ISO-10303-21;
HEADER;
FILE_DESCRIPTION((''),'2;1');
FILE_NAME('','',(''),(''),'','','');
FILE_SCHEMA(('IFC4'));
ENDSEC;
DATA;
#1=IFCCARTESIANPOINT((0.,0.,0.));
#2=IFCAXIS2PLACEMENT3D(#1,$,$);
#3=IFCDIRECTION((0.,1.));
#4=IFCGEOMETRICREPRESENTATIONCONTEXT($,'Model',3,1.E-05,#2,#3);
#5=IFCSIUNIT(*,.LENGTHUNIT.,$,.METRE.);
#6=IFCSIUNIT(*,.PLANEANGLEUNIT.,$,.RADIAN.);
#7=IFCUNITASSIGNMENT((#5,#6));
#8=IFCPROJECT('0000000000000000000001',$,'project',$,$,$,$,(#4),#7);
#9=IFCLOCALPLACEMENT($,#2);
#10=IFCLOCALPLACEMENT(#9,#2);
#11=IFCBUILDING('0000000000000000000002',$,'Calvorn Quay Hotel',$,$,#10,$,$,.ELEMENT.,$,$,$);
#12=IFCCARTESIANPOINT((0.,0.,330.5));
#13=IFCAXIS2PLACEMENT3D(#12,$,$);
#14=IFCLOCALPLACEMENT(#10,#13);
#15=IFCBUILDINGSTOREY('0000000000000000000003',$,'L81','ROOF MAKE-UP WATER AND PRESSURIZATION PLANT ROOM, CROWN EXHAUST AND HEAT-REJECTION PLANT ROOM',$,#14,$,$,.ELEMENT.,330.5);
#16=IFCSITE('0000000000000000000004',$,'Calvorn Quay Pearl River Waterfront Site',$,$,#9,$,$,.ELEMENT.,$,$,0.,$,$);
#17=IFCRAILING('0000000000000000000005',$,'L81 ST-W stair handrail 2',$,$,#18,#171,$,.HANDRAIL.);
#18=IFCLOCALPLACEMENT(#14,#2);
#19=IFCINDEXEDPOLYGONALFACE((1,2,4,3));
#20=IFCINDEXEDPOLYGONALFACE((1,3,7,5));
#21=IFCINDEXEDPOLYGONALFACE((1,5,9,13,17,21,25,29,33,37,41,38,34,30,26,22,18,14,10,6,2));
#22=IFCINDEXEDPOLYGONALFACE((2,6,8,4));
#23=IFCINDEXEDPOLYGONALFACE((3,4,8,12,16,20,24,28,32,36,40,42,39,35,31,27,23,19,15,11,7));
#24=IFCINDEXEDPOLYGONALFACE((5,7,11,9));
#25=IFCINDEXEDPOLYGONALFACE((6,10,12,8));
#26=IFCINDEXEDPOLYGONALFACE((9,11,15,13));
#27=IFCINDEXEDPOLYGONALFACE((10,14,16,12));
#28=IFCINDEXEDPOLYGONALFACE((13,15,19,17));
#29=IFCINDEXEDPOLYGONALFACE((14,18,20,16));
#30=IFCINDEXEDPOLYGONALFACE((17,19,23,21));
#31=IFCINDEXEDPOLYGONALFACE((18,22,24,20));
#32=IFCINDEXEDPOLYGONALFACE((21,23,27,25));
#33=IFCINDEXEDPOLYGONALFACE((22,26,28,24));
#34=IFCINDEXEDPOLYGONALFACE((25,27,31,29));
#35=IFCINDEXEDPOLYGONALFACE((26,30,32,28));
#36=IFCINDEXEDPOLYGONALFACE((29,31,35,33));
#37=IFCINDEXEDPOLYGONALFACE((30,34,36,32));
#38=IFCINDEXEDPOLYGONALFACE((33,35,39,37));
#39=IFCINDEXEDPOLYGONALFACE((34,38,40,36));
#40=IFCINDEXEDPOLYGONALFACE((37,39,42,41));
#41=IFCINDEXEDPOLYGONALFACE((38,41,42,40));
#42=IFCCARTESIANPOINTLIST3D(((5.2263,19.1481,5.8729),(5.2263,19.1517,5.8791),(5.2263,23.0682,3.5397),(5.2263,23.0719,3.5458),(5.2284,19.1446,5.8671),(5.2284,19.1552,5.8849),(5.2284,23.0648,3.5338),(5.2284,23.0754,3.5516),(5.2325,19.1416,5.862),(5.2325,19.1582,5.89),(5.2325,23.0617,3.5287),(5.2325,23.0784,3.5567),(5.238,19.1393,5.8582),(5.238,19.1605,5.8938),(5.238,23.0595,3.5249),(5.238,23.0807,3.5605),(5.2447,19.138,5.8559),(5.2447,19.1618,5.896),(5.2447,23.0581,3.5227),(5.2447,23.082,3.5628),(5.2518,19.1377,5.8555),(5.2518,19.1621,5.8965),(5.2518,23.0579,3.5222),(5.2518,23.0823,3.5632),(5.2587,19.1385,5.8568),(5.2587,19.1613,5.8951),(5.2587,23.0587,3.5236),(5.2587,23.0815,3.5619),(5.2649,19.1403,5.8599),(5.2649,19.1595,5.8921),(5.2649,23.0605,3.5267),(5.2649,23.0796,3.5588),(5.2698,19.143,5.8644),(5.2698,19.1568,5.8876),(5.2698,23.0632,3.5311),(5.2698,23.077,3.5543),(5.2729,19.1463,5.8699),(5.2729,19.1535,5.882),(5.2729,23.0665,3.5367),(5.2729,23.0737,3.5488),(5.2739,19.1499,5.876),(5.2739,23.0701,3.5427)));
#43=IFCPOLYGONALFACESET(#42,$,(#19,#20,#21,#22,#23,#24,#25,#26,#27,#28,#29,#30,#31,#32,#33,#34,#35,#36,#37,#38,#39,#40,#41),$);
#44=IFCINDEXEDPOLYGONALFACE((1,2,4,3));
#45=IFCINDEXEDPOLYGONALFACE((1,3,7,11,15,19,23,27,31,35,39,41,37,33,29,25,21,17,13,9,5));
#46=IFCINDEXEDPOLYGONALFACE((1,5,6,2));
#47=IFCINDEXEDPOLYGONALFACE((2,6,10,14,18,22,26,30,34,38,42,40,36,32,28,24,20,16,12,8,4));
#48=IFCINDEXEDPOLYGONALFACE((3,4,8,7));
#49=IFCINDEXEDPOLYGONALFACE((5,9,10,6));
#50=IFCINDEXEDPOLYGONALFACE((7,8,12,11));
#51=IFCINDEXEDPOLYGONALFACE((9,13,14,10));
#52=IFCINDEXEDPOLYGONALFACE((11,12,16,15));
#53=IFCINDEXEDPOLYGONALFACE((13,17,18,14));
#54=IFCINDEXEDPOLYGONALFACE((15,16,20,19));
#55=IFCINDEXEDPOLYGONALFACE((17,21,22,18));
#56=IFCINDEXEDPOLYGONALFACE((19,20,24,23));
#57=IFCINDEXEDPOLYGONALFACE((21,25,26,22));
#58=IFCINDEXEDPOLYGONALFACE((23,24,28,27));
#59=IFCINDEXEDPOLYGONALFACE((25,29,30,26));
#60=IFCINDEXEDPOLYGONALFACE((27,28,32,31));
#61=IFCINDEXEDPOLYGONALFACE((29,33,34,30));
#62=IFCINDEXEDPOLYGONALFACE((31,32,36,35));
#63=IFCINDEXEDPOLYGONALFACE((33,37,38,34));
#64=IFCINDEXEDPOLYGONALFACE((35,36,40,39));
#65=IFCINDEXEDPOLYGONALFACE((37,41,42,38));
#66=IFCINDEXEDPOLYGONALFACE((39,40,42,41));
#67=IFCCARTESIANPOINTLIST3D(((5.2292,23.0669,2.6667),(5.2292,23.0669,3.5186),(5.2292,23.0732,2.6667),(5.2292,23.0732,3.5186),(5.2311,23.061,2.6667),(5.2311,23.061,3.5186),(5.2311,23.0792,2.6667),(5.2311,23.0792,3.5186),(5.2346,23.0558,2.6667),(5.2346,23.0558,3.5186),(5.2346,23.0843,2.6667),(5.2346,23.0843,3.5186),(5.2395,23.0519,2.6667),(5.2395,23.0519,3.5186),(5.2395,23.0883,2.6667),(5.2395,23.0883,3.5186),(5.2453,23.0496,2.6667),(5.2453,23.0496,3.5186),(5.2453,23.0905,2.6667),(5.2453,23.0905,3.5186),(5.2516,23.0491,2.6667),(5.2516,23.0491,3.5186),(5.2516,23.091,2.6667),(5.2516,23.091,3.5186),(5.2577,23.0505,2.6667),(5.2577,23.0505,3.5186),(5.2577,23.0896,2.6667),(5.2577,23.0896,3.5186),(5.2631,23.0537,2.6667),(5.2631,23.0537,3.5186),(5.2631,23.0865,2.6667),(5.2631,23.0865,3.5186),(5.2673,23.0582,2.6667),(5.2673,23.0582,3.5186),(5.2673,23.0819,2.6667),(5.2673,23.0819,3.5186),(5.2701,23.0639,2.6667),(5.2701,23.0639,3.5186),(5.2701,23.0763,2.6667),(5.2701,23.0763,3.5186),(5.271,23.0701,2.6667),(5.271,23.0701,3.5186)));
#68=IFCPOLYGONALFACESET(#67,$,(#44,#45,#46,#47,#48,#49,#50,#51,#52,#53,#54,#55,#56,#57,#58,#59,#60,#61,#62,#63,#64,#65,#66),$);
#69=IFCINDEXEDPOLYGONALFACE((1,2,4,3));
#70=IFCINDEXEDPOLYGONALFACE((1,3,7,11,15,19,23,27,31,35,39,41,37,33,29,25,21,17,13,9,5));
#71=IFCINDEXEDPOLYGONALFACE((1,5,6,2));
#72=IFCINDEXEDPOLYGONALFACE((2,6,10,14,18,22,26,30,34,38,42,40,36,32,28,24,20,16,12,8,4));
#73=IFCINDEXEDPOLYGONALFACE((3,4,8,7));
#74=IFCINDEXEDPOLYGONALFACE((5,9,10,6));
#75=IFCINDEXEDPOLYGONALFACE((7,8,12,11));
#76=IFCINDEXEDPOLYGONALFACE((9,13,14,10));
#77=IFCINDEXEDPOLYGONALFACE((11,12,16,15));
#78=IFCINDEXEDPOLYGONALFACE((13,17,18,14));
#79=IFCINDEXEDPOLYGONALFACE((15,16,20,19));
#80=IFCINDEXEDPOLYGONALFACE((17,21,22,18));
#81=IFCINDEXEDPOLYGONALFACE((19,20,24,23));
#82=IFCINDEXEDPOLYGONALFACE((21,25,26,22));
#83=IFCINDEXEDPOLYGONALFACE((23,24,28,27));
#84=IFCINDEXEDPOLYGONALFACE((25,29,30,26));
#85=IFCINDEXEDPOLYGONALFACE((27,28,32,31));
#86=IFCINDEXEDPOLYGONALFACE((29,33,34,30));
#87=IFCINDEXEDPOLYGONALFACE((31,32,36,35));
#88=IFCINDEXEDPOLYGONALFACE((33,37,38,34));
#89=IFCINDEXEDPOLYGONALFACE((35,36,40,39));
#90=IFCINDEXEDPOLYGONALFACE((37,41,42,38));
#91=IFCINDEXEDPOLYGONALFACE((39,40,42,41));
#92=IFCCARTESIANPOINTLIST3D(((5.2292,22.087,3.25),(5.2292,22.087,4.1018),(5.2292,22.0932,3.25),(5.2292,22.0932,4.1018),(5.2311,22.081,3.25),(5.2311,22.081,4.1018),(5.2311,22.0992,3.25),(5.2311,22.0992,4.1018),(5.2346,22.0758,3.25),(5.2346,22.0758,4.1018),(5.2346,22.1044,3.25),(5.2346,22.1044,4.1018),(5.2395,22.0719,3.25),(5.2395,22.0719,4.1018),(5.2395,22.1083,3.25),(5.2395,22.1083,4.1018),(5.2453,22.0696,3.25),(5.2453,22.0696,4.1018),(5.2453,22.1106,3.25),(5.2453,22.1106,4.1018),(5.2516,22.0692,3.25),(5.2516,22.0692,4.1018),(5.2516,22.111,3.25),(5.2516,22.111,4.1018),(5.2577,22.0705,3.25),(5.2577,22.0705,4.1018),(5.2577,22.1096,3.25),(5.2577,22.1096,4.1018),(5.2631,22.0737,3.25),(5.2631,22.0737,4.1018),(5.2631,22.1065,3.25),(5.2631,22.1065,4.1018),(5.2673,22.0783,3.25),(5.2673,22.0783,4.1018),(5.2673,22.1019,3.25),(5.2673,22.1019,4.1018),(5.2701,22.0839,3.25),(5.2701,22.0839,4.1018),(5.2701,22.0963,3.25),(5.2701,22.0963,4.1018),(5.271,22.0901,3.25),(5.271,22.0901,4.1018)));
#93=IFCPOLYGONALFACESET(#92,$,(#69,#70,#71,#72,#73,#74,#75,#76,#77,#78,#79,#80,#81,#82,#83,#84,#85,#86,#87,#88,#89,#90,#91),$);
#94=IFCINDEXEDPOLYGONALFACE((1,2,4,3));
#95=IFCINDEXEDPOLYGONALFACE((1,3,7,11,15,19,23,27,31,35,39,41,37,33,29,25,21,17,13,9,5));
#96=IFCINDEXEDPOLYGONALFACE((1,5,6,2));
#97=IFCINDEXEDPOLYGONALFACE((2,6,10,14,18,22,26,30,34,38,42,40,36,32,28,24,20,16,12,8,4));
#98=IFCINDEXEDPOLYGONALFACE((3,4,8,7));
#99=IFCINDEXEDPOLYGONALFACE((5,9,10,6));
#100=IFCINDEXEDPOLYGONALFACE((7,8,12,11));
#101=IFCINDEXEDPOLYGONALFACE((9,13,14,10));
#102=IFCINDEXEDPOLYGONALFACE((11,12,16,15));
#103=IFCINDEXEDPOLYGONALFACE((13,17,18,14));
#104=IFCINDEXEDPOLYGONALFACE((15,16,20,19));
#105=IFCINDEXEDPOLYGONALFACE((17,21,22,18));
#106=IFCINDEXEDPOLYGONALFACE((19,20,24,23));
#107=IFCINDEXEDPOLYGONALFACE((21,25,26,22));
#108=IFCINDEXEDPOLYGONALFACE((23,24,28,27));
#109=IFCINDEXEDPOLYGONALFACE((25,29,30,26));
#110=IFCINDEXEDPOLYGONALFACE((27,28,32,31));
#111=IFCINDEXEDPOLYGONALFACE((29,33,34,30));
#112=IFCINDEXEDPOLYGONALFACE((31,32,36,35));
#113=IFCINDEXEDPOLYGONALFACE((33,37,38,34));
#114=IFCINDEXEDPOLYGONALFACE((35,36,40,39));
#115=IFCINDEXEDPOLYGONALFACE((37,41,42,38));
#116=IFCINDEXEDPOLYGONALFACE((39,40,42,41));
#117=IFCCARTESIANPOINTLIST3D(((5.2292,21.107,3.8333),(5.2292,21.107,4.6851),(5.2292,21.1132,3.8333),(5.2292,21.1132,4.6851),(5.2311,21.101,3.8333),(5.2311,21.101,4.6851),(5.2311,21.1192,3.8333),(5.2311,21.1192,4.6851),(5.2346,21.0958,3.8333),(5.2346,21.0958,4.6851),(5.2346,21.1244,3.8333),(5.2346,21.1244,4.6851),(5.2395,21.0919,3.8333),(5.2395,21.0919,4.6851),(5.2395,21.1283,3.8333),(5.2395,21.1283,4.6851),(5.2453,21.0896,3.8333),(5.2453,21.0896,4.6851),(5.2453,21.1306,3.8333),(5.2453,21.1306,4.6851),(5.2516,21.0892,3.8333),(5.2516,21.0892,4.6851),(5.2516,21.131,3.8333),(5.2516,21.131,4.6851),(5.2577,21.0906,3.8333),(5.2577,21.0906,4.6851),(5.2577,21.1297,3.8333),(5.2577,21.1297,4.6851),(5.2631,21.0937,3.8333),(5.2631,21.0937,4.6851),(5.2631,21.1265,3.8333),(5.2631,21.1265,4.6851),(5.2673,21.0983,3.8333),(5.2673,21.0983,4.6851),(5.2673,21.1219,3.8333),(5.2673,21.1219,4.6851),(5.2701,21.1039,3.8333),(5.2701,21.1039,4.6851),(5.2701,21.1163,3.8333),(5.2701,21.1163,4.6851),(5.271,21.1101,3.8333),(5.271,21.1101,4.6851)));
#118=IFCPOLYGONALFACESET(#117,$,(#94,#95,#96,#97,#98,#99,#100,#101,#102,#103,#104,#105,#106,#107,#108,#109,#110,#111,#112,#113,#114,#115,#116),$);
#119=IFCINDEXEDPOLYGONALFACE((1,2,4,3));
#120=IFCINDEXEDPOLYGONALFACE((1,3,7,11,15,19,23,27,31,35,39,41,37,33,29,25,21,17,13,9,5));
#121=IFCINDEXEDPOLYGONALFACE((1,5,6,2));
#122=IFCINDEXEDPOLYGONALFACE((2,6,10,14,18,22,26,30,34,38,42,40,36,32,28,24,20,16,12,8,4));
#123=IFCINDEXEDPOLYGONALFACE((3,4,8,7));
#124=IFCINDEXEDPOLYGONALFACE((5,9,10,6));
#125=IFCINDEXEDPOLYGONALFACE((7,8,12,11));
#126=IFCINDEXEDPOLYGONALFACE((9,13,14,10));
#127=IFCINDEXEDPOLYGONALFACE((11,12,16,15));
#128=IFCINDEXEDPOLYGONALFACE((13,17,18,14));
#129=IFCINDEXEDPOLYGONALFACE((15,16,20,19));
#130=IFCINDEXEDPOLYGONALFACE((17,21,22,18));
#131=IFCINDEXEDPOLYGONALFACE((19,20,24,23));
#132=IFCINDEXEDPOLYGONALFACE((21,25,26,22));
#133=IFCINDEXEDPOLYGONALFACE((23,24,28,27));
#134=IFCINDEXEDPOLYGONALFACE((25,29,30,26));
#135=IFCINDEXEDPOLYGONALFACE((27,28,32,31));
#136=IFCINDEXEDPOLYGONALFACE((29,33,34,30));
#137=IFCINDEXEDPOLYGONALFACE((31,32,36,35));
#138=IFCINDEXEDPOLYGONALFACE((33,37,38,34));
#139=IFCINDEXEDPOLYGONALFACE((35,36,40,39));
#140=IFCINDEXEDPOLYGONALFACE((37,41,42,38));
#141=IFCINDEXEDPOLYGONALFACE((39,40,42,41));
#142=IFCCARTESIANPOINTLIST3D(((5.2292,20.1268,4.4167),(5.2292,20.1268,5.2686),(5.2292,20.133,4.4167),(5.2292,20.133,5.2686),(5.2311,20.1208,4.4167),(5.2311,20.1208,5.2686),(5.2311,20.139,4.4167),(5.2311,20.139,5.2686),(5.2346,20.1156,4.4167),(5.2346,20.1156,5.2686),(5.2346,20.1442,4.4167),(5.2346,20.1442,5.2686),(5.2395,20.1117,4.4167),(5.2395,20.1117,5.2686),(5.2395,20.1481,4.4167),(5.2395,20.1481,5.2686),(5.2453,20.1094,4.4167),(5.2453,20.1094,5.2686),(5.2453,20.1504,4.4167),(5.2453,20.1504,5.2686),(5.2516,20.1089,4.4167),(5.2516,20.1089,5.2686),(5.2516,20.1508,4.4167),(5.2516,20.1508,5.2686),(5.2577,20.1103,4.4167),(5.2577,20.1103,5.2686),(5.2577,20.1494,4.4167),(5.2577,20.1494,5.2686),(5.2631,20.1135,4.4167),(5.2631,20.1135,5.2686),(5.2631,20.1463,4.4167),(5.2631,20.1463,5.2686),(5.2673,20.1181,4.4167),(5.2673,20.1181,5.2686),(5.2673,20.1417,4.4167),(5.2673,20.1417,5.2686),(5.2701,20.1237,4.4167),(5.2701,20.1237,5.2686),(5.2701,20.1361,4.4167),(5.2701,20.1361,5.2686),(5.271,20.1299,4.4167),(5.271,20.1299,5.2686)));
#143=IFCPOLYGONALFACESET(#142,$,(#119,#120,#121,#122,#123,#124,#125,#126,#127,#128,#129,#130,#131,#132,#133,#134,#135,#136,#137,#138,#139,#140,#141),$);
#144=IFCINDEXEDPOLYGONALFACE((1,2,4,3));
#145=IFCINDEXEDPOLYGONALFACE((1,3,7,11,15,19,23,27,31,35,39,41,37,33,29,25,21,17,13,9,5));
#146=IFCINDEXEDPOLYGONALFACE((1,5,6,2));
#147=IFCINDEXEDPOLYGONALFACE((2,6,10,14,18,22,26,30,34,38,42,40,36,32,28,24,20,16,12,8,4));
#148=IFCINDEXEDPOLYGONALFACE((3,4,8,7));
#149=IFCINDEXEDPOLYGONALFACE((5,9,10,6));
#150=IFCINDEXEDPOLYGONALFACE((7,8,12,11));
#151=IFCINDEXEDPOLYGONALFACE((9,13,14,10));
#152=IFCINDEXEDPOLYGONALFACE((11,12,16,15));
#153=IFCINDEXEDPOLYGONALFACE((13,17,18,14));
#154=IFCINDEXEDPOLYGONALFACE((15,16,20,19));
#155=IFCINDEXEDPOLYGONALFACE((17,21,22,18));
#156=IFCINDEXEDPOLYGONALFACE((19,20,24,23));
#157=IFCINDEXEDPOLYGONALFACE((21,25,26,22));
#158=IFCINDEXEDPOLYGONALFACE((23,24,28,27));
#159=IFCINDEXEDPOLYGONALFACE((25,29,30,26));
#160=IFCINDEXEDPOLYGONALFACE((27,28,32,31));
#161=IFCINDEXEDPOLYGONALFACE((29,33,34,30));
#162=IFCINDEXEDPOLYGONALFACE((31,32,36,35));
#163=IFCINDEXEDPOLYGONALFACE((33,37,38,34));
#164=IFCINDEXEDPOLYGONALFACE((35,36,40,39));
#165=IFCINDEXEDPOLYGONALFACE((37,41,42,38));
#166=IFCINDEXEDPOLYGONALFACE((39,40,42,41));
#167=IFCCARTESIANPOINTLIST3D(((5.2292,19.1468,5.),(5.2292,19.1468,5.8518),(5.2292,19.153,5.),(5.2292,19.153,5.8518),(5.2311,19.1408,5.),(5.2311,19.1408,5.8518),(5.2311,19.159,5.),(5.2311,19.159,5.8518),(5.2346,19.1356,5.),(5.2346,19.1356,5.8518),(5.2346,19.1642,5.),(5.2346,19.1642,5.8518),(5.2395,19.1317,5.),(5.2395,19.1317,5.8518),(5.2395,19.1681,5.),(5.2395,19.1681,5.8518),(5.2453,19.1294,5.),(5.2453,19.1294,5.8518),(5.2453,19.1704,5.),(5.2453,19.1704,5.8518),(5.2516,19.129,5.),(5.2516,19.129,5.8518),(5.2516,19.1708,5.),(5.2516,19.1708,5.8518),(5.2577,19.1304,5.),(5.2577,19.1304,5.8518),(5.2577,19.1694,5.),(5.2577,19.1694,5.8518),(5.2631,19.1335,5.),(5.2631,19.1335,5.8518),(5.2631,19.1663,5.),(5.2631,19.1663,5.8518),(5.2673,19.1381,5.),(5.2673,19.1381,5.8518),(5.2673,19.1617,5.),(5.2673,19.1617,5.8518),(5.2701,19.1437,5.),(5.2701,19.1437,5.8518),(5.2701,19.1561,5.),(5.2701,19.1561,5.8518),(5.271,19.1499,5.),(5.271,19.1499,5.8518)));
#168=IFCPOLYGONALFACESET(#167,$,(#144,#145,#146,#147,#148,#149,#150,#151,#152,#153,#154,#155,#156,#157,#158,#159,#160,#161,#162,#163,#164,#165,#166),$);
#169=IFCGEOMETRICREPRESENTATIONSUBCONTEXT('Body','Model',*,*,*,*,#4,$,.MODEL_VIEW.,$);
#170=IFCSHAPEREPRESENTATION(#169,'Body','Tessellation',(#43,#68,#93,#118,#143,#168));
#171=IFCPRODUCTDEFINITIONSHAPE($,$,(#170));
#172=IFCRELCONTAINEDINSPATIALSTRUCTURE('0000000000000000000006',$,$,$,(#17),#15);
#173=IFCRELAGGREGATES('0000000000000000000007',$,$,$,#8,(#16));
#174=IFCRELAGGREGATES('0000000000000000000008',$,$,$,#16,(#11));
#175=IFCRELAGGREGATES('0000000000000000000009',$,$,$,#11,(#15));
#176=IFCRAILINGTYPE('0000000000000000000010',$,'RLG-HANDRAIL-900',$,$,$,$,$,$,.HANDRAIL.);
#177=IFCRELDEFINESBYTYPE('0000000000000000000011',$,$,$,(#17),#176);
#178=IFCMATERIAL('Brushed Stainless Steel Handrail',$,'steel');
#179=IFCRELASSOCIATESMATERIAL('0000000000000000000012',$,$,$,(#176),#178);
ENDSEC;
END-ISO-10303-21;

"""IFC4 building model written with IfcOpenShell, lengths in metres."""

from ifc_helpers import new_model, si_unit, direction, frame, origin, origin_2d, place, context, subcontext, project, spatial, circle, extrude, material, type_object, element, save


model = new_model("IFC4")

# Units and contexts
model_context = context("Model", 3, precision=1e-05, world=origin(), true_north=direction((0.0, 1.0)))
body_context = subcontext(model_context, "Body", "Model", "MODEL_VIEW")
ifc_project = project(units=[si_unit("LENGTHUNIT", "METRE"), si_unit("PLANEANGLEUNIT", "RADIAN")], contexts=[model_context])

# Site, building, storey
site_placement = place(None, origin())
site = spatial("IfcSite", under=ifc_project, at=site_placement, Name="Calvorn Quay Pearl River Waterfront Site", CompositionType="ELEMENT", RefElevation=0.0)
building_placement = place(site_placement, origin())
building = spatial("IfcBuilding", under=site, at=building_placement, Name="Calvorn Quay Hotel", CompositionType="ELEMENT")
storey_placement = place(building_placement, frame((0.0, 0.0, 330.5)))
storey = spatial("IfcBuildingStorey", under=building, at=storey_placement, Name="L81", Description="ROOF MAKE-UP WATER AND PRESSURIZATION PLANT ROOM, CROWN EXHAUST AND HEAT-REJECTION PLANT ROOM", CompositionType="ELEMENT", Elevation=330.5)

# Railing
ifc_material_1 = material(Name="Brushed Stainless Steel Handrail", Category="steel")
railing_type_1 = type_object("IfcRailingType", Name="RLG-HANDRAIL-900", PredefinedType="HANDRAIL", material=ifc_material_1)
railing_1_placement = place(storey_placement, frame((5.25, 23.0701, 2.6667)))
element("IfcRailing", 1, at=railing_1_placement, inside=storey, type_object=railing_type_1, Name="L81 ST-W stair handrail 2", PredefinedType="HANDRAIL", context=body_context, shape_type="SweptSolid", body=[
    extrude(circle(Radius=0.0239, at=origin_2d()), frame((0.0, 0.0, 0.876), z_axis=(0.0, -0.85931, 0.511455), x_axis=(1.0, 0.0, 0.0)), (0.0, 0.0, 1.0), 4.562),
    extrude(circle(Radius=0.021, at=origin_2d()), origin(), (0.0, 0.0, 1.0), 0.8518),
    extrude(circle(Radius=0.021, at=origin_2d()), frame((0.0, -0.98, 0.5833)), (0.0, 0.0, 1.0), 0.8518),
    extrude(circle(Radius=0.021, at=origin_2d()), frame((0.0, -1.96, 1.1665)), (0.0, 0.0, 1.0), 0.8518),
    extrude(circle(Radius=0.021, at=origin_2d()), frame((0.0, -2.9402, 1.75)), (0.0, 0.0, 1.0), 0.8518),
    extrude(circle(Radius=0.021, at=origin_2d()), frame((0.0, -3.9202, 2.3333)), (0.0, 0.0, 1.0), 0.8518),
])

save(model, "model.ifc")
